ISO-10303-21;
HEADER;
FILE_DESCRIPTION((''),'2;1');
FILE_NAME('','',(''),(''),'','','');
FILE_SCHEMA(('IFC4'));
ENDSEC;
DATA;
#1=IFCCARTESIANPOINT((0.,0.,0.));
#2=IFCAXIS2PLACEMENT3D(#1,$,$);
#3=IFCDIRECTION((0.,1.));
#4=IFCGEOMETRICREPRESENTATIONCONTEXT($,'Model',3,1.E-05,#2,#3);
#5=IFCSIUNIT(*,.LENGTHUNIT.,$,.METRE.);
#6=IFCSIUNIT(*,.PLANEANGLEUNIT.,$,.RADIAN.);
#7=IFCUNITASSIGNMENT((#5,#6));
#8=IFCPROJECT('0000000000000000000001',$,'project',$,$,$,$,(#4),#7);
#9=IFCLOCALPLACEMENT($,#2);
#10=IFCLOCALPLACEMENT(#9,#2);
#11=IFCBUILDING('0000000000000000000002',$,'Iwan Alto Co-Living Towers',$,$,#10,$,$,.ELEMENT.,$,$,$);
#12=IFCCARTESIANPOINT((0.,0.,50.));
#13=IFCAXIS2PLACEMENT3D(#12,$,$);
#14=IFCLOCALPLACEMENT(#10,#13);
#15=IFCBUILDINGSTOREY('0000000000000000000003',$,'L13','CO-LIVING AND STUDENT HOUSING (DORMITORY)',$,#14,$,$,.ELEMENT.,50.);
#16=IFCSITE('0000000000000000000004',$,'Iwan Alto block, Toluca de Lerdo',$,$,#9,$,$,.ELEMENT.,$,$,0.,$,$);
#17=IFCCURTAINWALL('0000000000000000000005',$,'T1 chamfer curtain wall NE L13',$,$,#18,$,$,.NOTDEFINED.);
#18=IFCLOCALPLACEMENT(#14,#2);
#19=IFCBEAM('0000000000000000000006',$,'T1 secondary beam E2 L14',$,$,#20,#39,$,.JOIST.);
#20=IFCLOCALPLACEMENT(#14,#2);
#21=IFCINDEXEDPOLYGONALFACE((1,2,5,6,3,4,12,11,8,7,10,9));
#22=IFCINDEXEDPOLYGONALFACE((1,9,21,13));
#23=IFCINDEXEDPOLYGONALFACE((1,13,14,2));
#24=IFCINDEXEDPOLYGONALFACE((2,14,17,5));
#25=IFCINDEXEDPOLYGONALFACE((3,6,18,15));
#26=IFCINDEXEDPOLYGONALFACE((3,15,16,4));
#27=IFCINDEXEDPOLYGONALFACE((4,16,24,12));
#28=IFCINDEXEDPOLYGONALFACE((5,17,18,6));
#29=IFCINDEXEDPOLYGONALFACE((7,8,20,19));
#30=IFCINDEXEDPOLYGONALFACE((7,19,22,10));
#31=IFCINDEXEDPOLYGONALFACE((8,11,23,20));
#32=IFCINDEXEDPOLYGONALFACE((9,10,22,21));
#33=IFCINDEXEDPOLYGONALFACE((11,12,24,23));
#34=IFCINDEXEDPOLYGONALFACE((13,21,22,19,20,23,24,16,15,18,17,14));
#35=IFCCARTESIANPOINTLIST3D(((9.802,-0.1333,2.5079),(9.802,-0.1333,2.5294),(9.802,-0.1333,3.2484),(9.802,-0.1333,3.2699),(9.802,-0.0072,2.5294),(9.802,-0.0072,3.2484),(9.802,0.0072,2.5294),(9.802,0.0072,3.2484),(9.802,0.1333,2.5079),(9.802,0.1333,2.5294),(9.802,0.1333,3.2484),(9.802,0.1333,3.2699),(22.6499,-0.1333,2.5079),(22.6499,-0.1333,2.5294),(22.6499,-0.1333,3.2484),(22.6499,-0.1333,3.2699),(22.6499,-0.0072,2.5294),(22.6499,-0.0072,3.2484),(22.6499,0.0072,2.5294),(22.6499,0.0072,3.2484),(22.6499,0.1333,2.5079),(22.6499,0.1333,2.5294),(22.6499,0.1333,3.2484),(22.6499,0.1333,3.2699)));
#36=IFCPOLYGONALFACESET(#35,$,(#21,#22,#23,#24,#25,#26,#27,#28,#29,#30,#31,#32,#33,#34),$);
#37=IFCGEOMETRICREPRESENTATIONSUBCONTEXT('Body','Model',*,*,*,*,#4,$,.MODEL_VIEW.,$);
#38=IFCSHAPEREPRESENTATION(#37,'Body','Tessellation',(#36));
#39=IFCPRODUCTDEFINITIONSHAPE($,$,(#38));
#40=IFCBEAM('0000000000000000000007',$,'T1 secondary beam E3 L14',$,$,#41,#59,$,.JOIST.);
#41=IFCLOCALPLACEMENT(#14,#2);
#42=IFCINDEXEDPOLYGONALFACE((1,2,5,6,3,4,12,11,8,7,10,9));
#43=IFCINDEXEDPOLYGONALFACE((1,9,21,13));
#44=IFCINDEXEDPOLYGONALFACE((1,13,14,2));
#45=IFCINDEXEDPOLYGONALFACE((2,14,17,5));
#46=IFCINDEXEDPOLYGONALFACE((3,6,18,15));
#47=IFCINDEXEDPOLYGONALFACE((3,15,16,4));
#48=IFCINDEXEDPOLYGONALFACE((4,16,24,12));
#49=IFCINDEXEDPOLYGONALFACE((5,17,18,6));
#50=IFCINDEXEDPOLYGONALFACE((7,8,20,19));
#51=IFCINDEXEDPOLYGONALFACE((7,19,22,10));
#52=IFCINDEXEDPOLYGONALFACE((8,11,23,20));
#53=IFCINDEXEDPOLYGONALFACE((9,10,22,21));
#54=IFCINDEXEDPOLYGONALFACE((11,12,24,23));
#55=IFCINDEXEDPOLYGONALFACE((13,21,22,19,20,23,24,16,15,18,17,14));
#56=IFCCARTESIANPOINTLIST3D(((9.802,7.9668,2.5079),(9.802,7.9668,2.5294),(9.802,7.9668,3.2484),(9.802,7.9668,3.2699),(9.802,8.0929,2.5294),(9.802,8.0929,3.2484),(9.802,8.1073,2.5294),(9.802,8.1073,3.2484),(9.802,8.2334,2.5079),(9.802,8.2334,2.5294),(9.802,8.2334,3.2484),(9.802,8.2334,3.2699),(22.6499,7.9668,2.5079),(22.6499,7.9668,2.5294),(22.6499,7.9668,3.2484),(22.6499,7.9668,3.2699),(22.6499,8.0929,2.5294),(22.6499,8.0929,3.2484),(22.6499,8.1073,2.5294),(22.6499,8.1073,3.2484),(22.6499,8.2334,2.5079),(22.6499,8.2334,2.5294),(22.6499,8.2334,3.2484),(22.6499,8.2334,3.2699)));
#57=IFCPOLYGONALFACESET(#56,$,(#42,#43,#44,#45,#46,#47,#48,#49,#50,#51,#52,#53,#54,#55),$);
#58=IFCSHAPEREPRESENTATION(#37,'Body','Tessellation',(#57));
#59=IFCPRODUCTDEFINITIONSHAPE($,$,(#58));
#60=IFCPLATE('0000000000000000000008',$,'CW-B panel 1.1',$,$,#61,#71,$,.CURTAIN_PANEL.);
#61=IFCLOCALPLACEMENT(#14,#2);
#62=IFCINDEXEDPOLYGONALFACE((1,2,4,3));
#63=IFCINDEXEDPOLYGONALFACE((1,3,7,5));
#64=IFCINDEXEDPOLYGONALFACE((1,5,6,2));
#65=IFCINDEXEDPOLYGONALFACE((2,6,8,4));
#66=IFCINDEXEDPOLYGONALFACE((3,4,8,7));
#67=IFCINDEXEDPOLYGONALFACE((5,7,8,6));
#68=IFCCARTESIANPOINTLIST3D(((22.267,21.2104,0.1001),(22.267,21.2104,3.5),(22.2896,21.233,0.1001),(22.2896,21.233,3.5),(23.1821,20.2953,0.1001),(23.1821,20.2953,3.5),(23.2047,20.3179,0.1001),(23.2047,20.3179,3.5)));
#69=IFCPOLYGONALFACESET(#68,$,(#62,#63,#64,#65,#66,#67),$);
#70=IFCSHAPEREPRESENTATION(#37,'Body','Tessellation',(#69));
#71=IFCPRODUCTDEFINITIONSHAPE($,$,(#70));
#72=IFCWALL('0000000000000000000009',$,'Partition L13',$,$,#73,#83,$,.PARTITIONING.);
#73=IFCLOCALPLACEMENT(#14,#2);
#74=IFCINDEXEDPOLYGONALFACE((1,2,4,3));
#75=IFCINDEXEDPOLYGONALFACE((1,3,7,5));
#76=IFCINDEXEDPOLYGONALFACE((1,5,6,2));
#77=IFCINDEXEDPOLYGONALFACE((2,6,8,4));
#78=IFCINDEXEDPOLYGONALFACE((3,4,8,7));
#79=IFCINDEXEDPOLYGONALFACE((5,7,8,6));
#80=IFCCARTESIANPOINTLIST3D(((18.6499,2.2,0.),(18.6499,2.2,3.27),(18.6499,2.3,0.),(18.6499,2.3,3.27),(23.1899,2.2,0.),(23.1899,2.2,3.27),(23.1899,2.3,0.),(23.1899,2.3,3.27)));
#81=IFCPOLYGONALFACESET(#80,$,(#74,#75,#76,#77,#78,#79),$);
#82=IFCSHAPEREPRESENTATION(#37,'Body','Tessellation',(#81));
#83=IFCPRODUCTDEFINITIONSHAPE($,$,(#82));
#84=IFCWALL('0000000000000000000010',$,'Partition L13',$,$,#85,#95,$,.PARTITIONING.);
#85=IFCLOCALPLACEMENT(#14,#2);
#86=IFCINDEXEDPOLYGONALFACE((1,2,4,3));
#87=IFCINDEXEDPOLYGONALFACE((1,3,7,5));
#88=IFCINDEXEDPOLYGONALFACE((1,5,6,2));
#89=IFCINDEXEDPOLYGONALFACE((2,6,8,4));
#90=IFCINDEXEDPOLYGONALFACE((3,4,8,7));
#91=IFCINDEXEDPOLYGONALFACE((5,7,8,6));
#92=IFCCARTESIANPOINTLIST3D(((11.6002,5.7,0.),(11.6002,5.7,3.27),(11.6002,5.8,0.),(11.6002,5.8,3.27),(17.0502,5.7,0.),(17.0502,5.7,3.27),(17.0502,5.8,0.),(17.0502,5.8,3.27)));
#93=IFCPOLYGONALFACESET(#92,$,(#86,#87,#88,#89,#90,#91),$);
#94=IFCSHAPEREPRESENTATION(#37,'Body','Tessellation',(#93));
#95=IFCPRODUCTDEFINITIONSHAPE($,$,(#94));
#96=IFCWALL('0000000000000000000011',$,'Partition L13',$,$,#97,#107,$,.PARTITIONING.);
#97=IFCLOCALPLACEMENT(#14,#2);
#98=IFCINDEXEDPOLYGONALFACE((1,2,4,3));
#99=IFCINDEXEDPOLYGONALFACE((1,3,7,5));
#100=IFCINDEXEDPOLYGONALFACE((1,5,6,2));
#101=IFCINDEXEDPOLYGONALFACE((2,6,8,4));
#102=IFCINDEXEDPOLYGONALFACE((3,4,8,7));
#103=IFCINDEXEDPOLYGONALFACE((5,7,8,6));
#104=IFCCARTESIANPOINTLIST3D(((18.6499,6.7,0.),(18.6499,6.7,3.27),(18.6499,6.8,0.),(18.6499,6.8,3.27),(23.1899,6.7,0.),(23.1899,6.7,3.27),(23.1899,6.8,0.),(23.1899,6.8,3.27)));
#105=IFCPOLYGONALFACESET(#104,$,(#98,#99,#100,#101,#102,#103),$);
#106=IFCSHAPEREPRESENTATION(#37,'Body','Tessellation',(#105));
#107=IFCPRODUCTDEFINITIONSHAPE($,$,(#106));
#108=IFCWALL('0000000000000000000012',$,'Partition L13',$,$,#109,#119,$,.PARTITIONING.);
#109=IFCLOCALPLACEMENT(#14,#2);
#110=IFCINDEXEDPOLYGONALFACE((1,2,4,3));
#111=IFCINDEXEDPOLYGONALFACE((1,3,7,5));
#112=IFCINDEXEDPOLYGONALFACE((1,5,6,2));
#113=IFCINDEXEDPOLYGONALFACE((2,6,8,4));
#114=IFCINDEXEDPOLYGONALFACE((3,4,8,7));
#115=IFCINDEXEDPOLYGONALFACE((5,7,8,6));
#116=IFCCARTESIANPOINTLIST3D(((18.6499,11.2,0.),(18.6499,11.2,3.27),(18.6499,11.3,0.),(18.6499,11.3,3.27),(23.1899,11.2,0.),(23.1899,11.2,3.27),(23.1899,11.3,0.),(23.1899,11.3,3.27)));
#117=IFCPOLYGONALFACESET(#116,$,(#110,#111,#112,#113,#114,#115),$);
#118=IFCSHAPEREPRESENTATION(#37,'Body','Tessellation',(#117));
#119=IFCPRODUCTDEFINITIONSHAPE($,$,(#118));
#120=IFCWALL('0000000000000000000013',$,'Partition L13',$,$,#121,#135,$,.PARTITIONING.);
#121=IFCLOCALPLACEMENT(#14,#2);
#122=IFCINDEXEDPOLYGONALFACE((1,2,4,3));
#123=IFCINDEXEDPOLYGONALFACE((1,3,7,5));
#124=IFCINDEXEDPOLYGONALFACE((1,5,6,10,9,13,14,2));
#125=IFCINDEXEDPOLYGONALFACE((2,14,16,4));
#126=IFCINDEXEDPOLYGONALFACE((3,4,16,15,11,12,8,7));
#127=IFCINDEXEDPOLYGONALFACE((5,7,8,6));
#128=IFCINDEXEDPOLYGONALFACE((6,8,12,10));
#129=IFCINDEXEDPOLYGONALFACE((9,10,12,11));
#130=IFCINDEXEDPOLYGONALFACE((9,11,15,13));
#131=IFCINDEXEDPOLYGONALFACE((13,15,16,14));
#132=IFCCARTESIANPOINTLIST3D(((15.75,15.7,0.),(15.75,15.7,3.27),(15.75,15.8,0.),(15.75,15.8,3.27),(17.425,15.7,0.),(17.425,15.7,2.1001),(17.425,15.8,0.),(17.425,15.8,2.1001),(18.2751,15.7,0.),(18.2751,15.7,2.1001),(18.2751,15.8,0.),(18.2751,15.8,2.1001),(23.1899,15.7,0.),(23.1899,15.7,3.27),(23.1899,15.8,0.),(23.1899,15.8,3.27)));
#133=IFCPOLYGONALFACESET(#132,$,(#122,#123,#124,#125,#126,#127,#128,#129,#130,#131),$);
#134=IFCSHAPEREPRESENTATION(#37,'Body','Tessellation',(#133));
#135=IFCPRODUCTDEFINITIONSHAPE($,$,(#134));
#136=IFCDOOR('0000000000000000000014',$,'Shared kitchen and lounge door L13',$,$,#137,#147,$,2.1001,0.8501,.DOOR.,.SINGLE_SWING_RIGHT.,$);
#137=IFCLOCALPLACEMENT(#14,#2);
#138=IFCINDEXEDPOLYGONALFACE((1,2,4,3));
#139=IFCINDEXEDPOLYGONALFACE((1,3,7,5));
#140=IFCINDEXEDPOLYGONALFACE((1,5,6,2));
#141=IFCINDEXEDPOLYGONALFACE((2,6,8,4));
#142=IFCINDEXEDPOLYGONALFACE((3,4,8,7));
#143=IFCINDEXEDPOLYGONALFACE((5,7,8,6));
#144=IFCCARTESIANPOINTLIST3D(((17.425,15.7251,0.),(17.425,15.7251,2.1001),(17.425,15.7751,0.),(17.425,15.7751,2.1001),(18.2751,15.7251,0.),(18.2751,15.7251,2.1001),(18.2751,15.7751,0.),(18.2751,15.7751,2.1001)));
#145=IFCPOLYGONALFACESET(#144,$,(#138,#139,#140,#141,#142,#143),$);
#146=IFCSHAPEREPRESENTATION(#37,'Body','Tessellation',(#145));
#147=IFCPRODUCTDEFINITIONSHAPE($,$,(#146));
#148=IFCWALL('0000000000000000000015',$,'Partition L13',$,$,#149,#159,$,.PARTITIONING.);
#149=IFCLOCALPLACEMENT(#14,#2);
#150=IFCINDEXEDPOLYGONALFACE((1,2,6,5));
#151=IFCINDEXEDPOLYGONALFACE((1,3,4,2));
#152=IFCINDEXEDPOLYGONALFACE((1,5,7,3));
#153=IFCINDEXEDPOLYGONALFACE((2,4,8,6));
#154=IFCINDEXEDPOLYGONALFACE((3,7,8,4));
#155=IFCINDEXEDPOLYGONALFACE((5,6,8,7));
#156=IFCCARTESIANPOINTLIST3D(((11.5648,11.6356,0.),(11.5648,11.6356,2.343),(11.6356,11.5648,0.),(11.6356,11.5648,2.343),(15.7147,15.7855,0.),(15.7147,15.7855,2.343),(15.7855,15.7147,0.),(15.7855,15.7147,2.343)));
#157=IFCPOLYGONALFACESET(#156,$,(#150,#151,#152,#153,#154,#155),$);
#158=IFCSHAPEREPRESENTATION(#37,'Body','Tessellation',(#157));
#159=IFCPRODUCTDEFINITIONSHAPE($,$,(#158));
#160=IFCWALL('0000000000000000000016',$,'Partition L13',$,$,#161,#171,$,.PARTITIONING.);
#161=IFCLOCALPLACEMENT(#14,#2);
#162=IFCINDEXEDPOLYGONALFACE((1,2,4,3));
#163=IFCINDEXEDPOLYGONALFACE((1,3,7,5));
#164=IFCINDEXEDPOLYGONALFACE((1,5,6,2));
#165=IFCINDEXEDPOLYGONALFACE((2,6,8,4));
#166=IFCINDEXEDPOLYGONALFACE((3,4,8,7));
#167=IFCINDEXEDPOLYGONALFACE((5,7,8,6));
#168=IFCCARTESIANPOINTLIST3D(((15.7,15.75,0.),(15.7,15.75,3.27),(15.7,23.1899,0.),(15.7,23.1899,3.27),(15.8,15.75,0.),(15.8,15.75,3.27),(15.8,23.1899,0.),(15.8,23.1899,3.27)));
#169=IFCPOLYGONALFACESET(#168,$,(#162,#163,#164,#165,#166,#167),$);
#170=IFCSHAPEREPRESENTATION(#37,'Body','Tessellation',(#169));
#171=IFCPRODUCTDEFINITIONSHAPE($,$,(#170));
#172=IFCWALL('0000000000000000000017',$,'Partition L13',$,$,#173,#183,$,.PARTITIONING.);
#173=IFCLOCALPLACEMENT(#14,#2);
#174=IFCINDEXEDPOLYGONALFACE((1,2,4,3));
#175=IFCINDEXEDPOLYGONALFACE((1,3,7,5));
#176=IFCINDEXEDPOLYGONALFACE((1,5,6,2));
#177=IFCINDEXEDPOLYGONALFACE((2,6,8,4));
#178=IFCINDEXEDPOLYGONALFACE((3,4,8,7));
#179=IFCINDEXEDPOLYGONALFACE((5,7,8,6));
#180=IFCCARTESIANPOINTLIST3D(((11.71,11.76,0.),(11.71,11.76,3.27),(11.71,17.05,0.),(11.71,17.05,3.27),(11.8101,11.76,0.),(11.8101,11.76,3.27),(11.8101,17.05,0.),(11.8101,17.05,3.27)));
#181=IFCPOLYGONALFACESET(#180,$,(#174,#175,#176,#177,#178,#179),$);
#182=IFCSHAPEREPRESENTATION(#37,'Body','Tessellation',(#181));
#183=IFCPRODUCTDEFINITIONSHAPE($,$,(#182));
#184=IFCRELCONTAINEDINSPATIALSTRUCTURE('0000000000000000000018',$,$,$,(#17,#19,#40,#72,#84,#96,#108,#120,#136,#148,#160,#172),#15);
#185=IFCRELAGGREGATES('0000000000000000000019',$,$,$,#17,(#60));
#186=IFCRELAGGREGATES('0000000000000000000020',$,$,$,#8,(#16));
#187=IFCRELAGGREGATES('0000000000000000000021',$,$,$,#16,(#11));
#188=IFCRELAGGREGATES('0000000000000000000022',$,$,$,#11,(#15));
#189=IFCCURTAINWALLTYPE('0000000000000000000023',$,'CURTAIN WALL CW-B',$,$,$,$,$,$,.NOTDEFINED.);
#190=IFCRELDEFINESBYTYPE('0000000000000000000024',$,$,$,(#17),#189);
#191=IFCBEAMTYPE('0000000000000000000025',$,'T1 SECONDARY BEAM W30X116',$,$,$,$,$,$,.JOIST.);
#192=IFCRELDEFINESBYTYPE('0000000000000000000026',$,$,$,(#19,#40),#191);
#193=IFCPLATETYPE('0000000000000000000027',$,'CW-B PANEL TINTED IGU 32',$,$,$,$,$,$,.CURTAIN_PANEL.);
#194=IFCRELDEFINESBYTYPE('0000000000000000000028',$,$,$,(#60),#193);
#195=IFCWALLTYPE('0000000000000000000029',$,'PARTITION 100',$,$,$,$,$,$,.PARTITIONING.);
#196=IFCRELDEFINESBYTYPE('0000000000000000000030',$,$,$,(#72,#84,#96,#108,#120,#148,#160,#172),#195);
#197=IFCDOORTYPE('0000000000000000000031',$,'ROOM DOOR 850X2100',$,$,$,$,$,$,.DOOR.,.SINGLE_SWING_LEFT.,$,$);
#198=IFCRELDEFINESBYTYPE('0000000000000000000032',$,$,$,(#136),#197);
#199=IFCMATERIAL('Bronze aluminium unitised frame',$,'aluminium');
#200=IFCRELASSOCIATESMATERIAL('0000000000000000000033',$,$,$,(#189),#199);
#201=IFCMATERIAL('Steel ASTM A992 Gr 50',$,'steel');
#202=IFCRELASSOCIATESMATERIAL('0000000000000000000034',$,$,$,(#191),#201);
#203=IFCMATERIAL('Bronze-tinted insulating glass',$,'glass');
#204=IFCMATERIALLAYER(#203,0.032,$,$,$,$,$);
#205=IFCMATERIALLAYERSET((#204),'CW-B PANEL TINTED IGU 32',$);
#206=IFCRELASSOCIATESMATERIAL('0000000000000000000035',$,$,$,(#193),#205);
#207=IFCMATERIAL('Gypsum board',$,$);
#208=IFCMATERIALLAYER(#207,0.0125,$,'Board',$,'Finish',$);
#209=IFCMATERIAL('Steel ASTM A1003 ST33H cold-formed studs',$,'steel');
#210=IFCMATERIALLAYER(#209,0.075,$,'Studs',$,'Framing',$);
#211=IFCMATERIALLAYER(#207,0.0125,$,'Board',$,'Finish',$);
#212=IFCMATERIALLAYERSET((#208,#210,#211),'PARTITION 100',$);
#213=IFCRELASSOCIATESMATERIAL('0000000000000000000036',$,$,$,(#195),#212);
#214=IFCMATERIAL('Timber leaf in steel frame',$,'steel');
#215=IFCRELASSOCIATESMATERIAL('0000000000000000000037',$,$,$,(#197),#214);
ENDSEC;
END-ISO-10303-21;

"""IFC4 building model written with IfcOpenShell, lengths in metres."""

from ifc_helpers import new_model, si_unit, direction, frame, frame_2d, origin, origin_2d, place, context, subcontext, project, spatial, rectangle, i_section, extrude, material, layer, layer_set, material_profile, profile_set, type_object, element, fill, aggregate, save


model = new_model("IFC4")

# Units and contexts
model_context = context("Model", 3, precision=1e-05, world=origin(), true_north=direction((0.0, 1.0)))
body_context = subcontext(model_context, "Body", "Model", "MODEL_VIEW")
ifc_project = project(units=[si_unit("LENGTHUNIT", "METRE"), si_unit("PLANEANGLEUNIT", "RADIAN")], contexts=[model_context])

# Site, building, storey
site_placement = place(None, origin())
site = spatial("IfcSite", under=ifc_project, at=site_placement, Name="Iwan Alto block, Toluca de Lerdo", CompositionType="ELEMENT", RefElevation=0.0)
building_placement = place(site_placement, origin())
building = spatial("IfcBuilding", under=site, at=building_placement, Name="Iwan Alto Co-Living Towers", CompositionType="ELEMENT")
storey_placement = place(building_placement, frame((0.0, 0.0, 50.0)))
storey = spatial("IfcBuildingStorey", under=building, at=storey_placement, Name="L13", Description="CO-LIVING AND STUDENT HOUSING (DORMITORY)", CompositionType="ELEMENT", Elevation=50.0)

# Curtain wall
ifc_material_1 = material(Name="Bronze aluminium unitised frame", Category="aluminium")
curtain_wall_type = type_object("IfcCurtainWallType", Name="CURTAIN WALL CW-B", PredefinedType="NOTDEFINED", material=ifc_material_1)
curtain_wall_placement = place(storey_placement, origin())
curtain_wall = element("IfcCurtainWall", 1, at=curtain_wall_placement, inside=storey, type_object=curtain_wall_type, Name="T1 chamfer curtain wall NE L13", PredefinedType="NOTDEFINED")

# Beams
ifc_material_2 = material(Name="Steel ASTM A992 Gr 50", Category="steel")
ifc_material_profile_1 = material_profile(ifc_material_2, i_section(OverallWidth=0.2666, OverallDepth=0.762, WebThickness=0.0144, FlangeThickness=0.0215, at=origin_2d()), Name="W30X116")
ifc_profile_set_1 = profile_set([ifc_material_profile_1], Name="Steel ASTM A992 Gr 50")
beam_type_1 = type_object("IfcBeamType", Name="T1 SECONDARY BEAM W30X116", PredefinedType="JOIST", material=ifc_profile_set_1)
for number, where, z_axis, x_axis, name in (
    (2, (22.6499, 0.0, 2.8889), (-1.0, 0.0, 0.0), (0.0, -1.0, 0.0), "T1 secondary beam E2 L14"),
    (3, (22.6499, 8.1001, 2.8889), (-1.0, 0.0, 0.0), (0.0, -1.0, 0.0), "T1 secondary beam E3 L14"),
):
    element("IfcBeam", number, at=place(storey_placement, frame(where, z_axis=z_axis, x_axis=x_axis)), inside=storey, type_object=beam_type_1, Name=name, PredefinedType="JOIST", context=body_context, shape_type="SweptSolid", body=[
        extrude(i_section(OverallWidth=0.2666, OverallDepth=0.762, WebThickness=0.0144, FlangeThickness=0.0215, at=origin_2d()), origin(), (0.0, 0.0, 1.0), 12.8479),
    ])

# Plate
ifc_material_3 = material(Name="Bronze-tinted insulating glass", Category="glass")
ifc_layer_1 = layer(ifc_material_3, 0.032)
ifc_layer_set_1 = layer_set([ifc_layer_1], Name="CW-B PANEL TINTED IGU 32")
plate_type = type_object("IfcPlateType", Name="CW-B PANEL TINTED IGU 32", PredefinedType="CURTAIN_PANEL", material=ifc_layer_set_1)
plate_placement = place(storey_placement, frame((22.7358, 20.7642, 0.1001), z_axis=(0.0, 0.0, 1.0), x_axis=(-0.707107, 0.707107, 0.0)))
plate = element("IfcPlate", 4, at=plate_placement, type_object=plate_type, Name="CW-B panel 1.1", PredefinedType="CURTAIN_PANEL", context=body_context, shape_type="SweptSolid", body=[
    extrude(rectangle(XDim=1.2942, YDim=0.032, at=origin_2d()), origin(), (0.0, 0.0, 1.0), 3.3999),
])
aggregate(curtain_wall, [plate])

# Walls
ifc_material_4 = material(Name="Gypsum board")
ifc_layer_2 = layer(ifc_material_4, 0.0125, Name="Board", Category="Finish")
ifc_material_5 = material(Name="Steel ASTM A1003 ST33H cold-formed studs", Category="steel")
ifc_layer_3 = layer(ifc_material_5, 0.075, Name="Studs", Category="Framing")
ifc_layer_4 = layer(ifc_material_4, 0.0125, Name="Board", Category="Finish")
ifc_layer_set_2 = layer_set([ifc_layer_2, ifc_layer_3, ifc_layer_4], Name="PARTITION 100")
wall_type_1 = type_object("IfcWallType", Name="PARTITION 100", PredefinedType="PARTITIONING", material=ifc_layer_set_2)
wall_1_placement = place(storey_placement, frame((18.6499, 2.25, 0.0), z_axis=(0.0, 0.0, 1.0), x_axis=(1.0, 0.0, 0.0)))
element("IfcWall", 5, at=wall_1_placement, inside=storey, type_object=wall_type_1, Name="Partition L13", PredefinedType="PARTITIONING", context=body_context, shape_type="SweptSolid", body=[
    extrude(rectangle(XDim=4.54, YDim=0.1001, at=frame_2d((2.27, 0.0))), origin(), (0.0, 0.0, 1.0), 3.27),
])
wall_2_placement = place(storey_placement, frame((11.6001, 5.75, 0.0), z_axis=(0.0, 0.0, 1.0), x_axis=(1.0, 0.0, 0.0)))
element("IfcWall", 6, at=wall_2_placement, inside=storey, type_object=wall_type_1, Name="Partition L13", PredefinedType="PARTITIONING", context=body_context, shape_type="SweptSolid", body=[
    extrude(rectangle(XDim=5.45, YDim=0.1001, at=frame_2d((2.7251, 0.0))), origin(), (0.0, 0.0, 1.0), 3.27),
])
for number, where, z_axis, x_axis, name in (
    (7, (18.6499, 6.75, 0.0), (0.0, 0.0, 1.0), (1.0, 0.0, 0.0), "Partition L13"),
    (8, (18.6499, 11.25, 0.0), (0.0, 0.0, 1.0), (1.0, 0.0, 0.0), "Partition L13"),
):
    element("IfcWall", number, at=place(storey_placement, frame(where, z_axis=z_axis, x_axis=x_axis)), inside=storey, type_object=wall_type_1, Name=name, PredefinedType="PARTITIONING", context=body_context, shape_type="SweptSolid", body=[
        extrude(rectangle(XDim=4.54, YDim=0.1001, at=frame_2d((2.27, 0.0))), origin(), (0.0, 0.0, 1.0), 3.27),
    ])

# Wall, opening, door
wall_3_placement = place(storey_placement, frame((15.75, 15.75, 0.0), z_axis=(0.0, 0.0, 1.0), x_axis=(1.0, 0.0, 0.0)))
wall_3 = element("IfcWall", 9, at=wall_3_placement, inside=storey, type_object=wall_type_1, Name="Partition L13", PredefinedType="PARTITIONING", context=body_context, shape_type="SweptSolid", body=[
    extrude(rectangle(XDim=7.4399, YDim=0.1001, at=frame_2d((3.72, 0.0))), origin(), (0.0, 0.0, 1.0), 3.27),
])
opening_placement = place(wall_3_placement, frame((1.675, 0.0, 0.0)))
opening = element("IfcOpeningElement", 10, at=opening_placement, cuts=wall_3, PredefinedType="OPENING", context=body_context, shape_type="SweptSolid", body=[
    extrude(rectangle(XDim=0.8501, YDim=2.1001, at=frame_2d((0.425, 1.05))), frame((0.0, 0.0601, 0.0), z_axis=(0.0, -1.0, 0.0), x_axis=(1.0, 0.0, 0.0)), (0.0, 0.0, 1.0), 0.1201),
])
ifc_material_6 = material(Name="Timber leaf in steel frame", Category="steel")
door_type = type_object("IfcDoorType", Name="ROOM DOOR 850X2100", OperationType="SINGLE_SWING_LEFT", PredefinedType="DOOR", material=ifc_material_6)
door_placement = place(opening_placement, frame((0.8501, 0.0, 0.0), z_axis=(0.0, 0.0, 1.0), x_axis=(-1.0, 0.0, 0.0)))
door = element("IfcDoor", 11, at=door_placement, inside=storey, type_object=door_type, Name="Shared kitchen and lounge door L13", OperationType="SINGLE_SWING_RIGHT", OverallHeight=2.1001, OverallWidth=0.8501, PredefinedType="DOOR", context=body_context, shape_type="SweptSolid", body=[
    extrude(rectangle(XDim=0.8501, YDim=2.1001, at=frame_2d((0.425, 1.05))), frame((0.0, 0.0249, 0.0), z_axis=(0.0, -1.0, 0.0), x_axis=(1.0, 0.0, 0.0)), (0.0, 0.0, 1.0), 0.05),
])
fill(opening, door)

# Walls
wall_4_placement = place(storey_placement, frame((11.6001, 11.6001, 0.0), z_axis=(0.0, 0.0, 1.0), x_axis=(0.707107, 0.707107, 0.0)))
element("IfcWall", 12, at=wall_4_placement, inside=storey, type_object=wall_type_1, Name="Partition L13", PredefinedType="PARTITIONING", context=body_context, shape_type="SweptSolid", body=[
    extrude(rectangle(XDim=5.8689, YDim=0.1001, at=frame_2d((2.9346, 0.0))), origin(), (0.0, 0.0, 1.0), 2.343),
])
wall_5_placement = place(storey_placement, frame((15.75, 15.75, 0.0), z_axis=(0.0, 0.0, 1.0), x_axis=(0.0, 1.0, 0.0)))
element("IfcWall", 13, at=wall_5_placement, inside=storey, type_object=wall_type_1, Name="Partition L13", PredefinedType="PARTITIONING", context=body_context, shape_type="SweptSolid", body=[
    extrude(rectangle(XDim=7.4399, YDim=0.1001, at=frame_2d((3.72, 0.0))), origin(), (0.0, 0.0, 1.0), 3.27),
])
wall_6_placement = place(storey_placement, frame((11.76, 11.76, 0.0), z_axis=(0.0, 0.0, 1.0), x_axis=(0.0, 1.0, 0.0)))
element("IfcWall", 14, at=wall_6_placement, inside=storey, type_object=wall_type_1, Name="Partition L13", PredefinedType="PARTITIONING", context=body_context, shape_type="SweptSolid", body=[
    extrude(rectangle(XDim=5.29, YDim=0.1001, at=frame_2d((2.645, 0.0))), origin(), (0.0, 0.0, 1.0), 3.27),
])

save(model, "model.ifc")
